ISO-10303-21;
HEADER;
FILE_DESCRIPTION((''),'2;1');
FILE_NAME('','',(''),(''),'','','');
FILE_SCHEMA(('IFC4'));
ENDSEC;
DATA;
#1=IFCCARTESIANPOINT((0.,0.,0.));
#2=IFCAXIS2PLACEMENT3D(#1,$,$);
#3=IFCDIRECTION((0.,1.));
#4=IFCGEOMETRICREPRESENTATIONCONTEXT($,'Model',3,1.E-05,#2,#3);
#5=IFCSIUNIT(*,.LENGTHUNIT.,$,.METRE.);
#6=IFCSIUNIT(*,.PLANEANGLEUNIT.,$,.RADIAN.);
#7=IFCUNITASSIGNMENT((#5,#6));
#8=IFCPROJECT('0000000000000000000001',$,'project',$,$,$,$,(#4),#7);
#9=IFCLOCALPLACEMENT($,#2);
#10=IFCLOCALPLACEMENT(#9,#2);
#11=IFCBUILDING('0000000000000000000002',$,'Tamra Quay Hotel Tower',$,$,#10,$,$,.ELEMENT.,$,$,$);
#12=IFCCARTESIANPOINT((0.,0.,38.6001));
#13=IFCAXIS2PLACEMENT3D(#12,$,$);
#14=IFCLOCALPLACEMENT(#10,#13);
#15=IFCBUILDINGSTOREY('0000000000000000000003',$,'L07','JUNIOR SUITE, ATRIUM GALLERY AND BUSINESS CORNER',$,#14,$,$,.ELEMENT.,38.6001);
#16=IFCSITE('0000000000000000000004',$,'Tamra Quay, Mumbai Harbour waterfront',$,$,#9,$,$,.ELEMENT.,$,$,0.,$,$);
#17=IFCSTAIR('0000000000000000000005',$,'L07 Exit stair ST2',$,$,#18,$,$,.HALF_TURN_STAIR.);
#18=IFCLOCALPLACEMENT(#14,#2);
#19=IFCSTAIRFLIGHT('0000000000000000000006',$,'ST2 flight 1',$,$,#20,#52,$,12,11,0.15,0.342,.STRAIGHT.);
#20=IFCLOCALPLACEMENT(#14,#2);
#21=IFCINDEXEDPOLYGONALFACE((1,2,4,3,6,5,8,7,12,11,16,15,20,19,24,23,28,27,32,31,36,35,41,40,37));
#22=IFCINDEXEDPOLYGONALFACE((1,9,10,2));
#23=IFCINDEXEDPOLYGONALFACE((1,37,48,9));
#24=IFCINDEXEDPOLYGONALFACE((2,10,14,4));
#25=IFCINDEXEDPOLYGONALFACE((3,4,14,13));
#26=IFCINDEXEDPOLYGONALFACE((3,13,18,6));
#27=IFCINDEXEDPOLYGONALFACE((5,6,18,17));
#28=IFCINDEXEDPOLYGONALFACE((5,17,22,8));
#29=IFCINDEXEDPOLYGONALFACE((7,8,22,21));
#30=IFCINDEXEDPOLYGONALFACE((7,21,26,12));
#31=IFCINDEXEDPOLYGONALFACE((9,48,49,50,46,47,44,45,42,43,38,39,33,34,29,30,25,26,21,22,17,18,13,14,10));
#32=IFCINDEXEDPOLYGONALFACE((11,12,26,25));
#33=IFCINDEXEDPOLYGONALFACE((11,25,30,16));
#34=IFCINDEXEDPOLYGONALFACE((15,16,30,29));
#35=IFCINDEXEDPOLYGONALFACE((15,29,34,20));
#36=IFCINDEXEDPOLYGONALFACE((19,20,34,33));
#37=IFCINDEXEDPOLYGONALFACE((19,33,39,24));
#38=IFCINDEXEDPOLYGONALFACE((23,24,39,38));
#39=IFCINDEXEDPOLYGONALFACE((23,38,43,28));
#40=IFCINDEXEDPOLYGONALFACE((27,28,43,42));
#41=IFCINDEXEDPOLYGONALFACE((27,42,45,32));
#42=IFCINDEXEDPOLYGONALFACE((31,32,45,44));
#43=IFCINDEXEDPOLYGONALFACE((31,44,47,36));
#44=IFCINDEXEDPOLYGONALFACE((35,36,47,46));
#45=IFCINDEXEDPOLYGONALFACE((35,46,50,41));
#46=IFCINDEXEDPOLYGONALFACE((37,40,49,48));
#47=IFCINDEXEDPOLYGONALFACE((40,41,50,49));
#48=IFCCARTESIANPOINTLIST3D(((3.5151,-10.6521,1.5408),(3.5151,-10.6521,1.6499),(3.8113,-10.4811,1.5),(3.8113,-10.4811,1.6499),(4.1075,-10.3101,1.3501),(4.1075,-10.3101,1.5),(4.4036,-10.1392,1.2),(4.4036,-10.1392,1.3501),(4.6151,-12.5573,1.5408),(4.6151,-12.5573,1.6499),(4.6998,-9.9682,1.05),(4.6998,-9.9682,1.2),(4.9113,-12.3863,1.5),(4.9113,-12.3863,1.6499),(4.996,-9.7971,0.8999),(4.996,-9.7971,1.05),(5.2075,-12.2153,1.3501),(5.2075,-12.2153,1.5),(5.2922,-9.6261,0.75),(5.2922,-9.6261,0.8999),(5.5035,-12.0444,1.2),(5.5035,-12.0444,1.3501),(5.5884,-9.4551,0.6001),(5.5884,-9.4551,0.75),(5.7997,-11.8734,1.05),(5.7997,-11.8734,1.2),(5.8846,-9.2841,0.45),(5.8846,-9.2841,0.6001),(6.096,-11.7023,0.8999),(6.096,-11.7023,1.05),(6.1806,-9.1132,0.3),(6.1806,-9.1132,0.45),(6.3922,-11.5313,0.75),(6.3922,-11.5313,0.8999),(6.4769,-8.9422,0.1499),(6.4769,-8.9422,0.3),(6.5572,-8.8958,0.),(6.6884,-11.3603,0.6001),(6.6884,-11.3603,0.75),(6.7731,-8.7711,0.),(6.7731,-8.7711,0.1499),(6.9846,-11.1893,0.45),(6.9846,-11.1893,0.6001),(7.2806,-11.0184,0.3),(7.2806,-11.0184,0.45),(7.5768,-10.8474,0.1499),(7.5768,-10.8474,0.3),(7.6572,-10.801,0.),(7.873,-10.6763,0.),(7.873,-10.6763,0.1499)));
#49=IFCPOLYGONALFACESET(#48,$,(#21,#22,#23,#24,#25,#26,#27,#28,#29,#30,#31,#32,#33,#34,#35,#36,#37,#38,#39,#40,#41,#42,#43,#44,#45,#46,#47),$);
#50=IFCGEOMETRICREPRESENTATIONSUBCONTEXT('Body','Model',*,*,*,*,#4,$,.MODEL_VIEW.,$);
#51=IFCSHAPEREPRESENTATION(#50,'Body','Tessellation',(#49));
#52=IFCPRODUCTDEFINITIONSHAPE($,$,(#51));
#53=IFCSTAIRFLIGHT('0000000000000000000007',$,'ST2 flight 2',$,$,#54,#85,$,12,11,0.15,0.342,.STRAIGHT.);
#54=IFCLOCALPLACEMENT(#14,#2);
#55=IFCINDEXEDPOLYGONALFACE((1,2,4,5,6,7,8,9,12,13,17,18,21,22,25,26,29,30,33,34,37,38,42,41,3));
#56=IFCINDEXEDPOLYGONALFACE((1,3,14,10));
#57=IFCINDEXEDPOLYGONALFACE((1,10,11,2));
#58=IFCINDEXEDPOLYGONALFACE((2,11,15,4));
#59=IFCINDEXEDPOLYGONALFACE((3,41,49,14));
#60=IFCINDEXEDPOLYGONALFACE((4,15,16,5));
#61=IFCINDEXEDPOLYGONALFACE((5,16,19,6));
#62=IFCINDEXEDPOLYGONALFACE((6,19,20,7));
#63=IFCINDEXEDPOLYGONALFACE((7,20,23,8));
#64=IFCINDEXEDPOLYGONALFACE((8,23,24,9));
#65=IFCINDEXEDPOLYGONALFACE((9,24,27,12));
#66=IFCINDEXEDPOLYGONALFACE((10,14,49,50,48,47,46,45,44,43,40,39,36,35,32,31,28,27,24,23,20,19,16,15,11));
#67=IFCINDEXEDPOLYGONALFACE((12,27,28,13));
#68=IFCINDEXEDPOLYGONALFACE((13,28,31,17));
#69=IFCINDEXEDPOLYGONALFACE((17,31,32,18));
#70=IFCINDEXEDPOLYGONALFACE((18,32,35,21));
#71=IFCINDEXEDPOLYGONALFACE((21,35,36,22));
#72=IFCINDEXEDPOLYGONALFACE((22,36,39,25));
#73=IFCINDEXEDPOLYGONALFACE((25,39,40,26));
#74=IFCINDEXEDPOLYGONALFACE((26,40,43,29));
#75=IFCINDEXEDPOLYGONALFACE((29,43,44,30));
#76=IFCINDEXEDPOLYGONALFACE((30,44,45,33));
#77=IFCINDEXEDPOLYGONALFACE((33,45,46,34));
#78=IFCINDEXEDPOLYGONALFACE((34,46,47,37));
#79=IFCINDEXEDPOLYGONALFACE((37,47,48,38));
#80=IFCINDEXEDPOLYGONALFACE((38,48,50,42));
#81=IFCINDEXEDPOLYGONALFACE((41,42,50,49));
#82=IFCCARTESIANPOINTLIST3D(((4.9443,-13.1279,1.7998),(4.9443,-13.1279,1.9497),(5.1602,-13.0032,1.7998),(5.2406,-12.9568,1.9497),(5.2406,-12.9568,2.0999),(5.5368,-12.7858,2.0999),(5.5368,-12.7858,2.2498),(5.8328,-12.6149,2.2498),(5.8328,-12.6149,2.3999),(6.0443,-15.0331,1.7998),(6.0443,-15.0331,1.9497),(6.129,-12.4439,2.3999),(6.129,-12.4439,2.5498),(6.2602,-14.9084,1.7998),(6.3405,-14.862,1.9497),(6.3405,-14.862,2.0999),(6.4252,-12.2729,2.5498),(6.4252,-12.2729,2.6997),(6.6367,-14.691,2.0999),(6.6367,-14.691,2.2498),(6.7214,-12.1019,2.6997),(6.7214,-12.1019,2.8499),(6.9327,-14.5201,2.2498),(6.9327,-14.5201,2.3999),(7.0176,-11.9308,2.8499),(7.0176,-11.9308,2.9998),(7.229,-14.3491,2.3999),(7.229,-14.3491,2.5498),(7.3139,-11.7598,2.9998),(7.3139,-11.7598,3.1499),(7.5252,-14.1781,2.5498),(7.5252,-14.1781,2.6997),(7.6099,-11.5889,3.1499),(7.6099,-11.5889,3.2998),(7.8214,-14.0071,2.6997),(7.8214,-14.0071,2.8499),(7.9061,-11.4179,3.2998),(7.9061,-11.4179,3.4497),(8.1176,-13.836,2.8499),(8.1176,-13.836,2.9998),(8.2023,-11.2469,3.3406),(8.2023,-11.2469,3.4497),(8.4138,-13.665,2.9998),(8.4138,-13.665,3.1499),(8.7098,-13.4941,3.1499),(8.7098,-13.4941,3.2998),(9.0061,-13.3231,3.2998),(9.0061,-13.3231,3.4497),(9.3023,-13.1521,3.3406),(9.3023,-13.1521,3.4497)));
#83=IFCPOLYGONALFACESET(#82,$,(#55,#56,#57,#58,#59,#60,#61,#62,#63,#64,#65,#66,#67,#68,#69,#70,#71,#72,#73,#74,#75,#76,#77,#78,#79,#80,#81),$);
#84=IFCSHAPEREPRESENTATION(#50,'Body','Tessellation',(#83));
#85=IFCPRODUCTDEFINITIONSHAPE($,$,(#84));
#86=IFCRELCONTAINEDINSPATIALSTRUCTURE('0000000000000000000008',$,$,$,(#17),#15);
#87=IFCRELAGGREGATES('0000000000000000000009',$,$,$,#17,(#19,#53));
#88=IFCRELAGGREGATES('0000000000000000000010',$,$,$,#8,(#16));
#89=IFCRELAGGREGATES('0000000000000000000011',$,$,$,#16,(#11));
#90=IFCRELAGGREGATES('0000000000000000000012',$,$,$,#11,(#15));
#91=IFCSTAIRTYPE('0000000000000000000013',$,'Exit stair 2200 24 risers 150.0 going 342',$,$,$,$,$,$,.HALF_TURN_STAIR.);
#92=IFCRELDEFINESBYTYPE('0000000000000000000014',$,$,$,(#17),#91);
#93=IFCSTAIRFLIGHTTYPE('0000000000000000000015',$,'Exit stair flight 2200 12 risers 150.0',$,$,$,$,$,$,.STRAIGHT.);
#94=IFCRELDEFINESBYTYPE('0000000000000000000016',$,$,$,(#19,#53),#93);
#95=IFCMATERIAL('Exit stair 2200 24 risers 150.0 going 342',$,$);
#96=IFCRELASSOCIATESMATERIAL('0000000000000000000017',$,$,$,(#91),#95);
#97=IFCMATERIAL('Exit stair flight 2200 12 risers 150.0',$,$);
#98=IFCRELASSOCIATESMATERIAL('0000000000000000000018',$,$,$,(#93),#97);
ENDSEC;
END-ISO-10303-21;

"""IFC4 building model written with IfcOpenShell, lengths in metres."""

from ifc_helpers import new_model, si_unit, direction, frame, origin, place, context, subcontext, project, spatial, polyline, outline, extrude, material, type_object, element, aggregate, save


model = new_model("IFC4")

# Units and contexts
model_context = context("Model", 3, precision=1e-05, world=origin(), true_north=direction((0.0, 1.0)))
body_context = subcontext(model_context, "Body", "Model", "MODEL_VIEW")
ifc_project = project(units=[si_unit("LENGTHUNIT", "METRE"), si_unit("PLANEANGLEUNIT", "RADIAN")], contexts=[model_context])

# Site, building, storey
site_placement = place(None, origin())
site = spatial("IfcSite", under=ifc_project, at=site_placement, Name="Tamra Quay, Mumbai Harbour waterfront", CompositionType="ELEMENT", RefElevation=0.0)
building_placement = place(site_placement, origin())
building = spatial("IfcBuilding", under=site, at=building_placement, Name="Tamra Quay Hotel Tower", CompositionType="ELEMENT")
storey_placement = place(building_placement, frame((0.0, 0.0, 38.6001)))
storey = spatial("IfcBuildingStorey", under=building, at=storey_placement, Name="L07", Description="JUNIOR SUITE, ATRIUM GALLERY AND BUSINESS CORNER", CompositionType="ELEMENT", Elevation=38.6001)

# Stair, stair flights
ifc_material_1 = material(Name="Exit stair 2200 24 risers 150.0 going 342")
stair_type = type_object("IfcStairType", Name="Exit stair 2200 24 risers 150.0 going 342", PredefinedType="HALF_TURN_STAIR", material=ifc_material_1)
stair_placement = place(storey_placement, origin())
stair = element("IfcStair", 1, at=stair_placement, inside=storey, type_object=stair_type, Name="L07 Exit stair ST2", PredefinedType="HALF_TURN_STAIR")
ifc_material_2 = material(Name="Exit stair flight 2200 12 risers 150.0")
stair_flight_type = type_object("IfcStairFlightType", Name="Exit stair flight 2200 12 risers 150.0", PredefinedType="STRAIGHT", material=ifc_material_2)
stair_flight_1_placement = place(storey_placement, frame((7.323, -9.7236, 0.0), z_axis=(0.0, 0.0, 1.0), x_axis=(-0.866025, -0.5, 0.0)))
stair_flight_1 = element("IfcStairFlight", 2, at=stair_flight_1_placement, type_object=stair_flight_type, Name="ST2 flight 1", NumberOfRisers=12, NumberOfTreads=11, PredefinedType="STRAIGHT", RiserHeight=0.15, TreadLength=0.342, context=body_context, shape_type="SweptSolid", body=[
    extrude(outline(polyline([(0.0, 0.0), (0.0, 0.1499), (0.342, 0.1499), (0.342, 0.3), (0.6841, 0.3), (0.6841, 0.45), (1.0259, 0.45), (1.0259, 0.6001), (1.3679, 0.6001), (1.3679, 0.75), (1.71, 0.75), (1.71, 0.8999), (2.052, 0.8999), (2.052, 1.05), (2.394, 1.05), (2.394, 1.2), (2.7361, 1.2), (2.7361, 1.3501), (3.0779, 1.3501), (3.0779, 1.5), (3.4199, 1.5), (3.4199, 1.6499), (3.762, 1.6499), (3.762, 1.8), (3.762, 1.5408), (0.2493, 0.0), (0.0, 0.0)])), frame((0.0, 1.1001, 0.0), z_axis=(0.0, -1.0, 0.0), x_axis=(1.0, 0.0, 0.0)), (0.0, 0.0, 1.0), 2.2),
])
stair_flight_2_placement = place(storey_placement, frame((5.4944, -14.0806, 1.7998), z_axis=(0.0, 0.0, 1.0), x_axis=(0.866025, 0.5, 0.0)))
stair_flight_2 = element("IfcStairFlight", 3, at=stair_flight_2_placement, type_object=stair_flight_type, Name="ST2 flight 2", NumberOfRisers=12, NumberOfTreads=11, PredefinedType="STRAIGHT", RiserHeight=0.15, TreadLength=0.342, context=body_context, shape_type="SweptSolid", body=[
    extrude(outline(polyline([(0.0, 0.0), (0.0, 0.1499), (0.342, 0.1499), (0.342, 0.3), (0.6841, 0.3), (0.6841, 0.45), (1.0259, 0.45), (1.0259, 0.6001), (1.3679, 0.6001), (1.3679, 0.75), (1.71, 0.75), (1.71, 0.8999), (2.052, 0.8999), (2.052, 1.05), (2.394, 1.05), (2.394, 1.2), (2.7361, 1.2), (2.7361, 1.3501), (3.0779, 1.3501), (3.0779, 1.5), (3.4199, 1.5), (3.4199, 1.6499), (3.762, 1.6499), (3.762, 1.8), (3.762, 1.5408), (0.2493, 0.0), (0.0, 0.0)])), frame((0.0, 1.1001, 0.0), z_axis=(0.0, -1.0, 0.0), x_axis=(1.0, 0.0, 0.0)), (0.0, 0.0, 1.0), 2.2),
])
aggregate(stair, [stair_flight_1, stair_flight_2])

save(model, "model.ifc")
